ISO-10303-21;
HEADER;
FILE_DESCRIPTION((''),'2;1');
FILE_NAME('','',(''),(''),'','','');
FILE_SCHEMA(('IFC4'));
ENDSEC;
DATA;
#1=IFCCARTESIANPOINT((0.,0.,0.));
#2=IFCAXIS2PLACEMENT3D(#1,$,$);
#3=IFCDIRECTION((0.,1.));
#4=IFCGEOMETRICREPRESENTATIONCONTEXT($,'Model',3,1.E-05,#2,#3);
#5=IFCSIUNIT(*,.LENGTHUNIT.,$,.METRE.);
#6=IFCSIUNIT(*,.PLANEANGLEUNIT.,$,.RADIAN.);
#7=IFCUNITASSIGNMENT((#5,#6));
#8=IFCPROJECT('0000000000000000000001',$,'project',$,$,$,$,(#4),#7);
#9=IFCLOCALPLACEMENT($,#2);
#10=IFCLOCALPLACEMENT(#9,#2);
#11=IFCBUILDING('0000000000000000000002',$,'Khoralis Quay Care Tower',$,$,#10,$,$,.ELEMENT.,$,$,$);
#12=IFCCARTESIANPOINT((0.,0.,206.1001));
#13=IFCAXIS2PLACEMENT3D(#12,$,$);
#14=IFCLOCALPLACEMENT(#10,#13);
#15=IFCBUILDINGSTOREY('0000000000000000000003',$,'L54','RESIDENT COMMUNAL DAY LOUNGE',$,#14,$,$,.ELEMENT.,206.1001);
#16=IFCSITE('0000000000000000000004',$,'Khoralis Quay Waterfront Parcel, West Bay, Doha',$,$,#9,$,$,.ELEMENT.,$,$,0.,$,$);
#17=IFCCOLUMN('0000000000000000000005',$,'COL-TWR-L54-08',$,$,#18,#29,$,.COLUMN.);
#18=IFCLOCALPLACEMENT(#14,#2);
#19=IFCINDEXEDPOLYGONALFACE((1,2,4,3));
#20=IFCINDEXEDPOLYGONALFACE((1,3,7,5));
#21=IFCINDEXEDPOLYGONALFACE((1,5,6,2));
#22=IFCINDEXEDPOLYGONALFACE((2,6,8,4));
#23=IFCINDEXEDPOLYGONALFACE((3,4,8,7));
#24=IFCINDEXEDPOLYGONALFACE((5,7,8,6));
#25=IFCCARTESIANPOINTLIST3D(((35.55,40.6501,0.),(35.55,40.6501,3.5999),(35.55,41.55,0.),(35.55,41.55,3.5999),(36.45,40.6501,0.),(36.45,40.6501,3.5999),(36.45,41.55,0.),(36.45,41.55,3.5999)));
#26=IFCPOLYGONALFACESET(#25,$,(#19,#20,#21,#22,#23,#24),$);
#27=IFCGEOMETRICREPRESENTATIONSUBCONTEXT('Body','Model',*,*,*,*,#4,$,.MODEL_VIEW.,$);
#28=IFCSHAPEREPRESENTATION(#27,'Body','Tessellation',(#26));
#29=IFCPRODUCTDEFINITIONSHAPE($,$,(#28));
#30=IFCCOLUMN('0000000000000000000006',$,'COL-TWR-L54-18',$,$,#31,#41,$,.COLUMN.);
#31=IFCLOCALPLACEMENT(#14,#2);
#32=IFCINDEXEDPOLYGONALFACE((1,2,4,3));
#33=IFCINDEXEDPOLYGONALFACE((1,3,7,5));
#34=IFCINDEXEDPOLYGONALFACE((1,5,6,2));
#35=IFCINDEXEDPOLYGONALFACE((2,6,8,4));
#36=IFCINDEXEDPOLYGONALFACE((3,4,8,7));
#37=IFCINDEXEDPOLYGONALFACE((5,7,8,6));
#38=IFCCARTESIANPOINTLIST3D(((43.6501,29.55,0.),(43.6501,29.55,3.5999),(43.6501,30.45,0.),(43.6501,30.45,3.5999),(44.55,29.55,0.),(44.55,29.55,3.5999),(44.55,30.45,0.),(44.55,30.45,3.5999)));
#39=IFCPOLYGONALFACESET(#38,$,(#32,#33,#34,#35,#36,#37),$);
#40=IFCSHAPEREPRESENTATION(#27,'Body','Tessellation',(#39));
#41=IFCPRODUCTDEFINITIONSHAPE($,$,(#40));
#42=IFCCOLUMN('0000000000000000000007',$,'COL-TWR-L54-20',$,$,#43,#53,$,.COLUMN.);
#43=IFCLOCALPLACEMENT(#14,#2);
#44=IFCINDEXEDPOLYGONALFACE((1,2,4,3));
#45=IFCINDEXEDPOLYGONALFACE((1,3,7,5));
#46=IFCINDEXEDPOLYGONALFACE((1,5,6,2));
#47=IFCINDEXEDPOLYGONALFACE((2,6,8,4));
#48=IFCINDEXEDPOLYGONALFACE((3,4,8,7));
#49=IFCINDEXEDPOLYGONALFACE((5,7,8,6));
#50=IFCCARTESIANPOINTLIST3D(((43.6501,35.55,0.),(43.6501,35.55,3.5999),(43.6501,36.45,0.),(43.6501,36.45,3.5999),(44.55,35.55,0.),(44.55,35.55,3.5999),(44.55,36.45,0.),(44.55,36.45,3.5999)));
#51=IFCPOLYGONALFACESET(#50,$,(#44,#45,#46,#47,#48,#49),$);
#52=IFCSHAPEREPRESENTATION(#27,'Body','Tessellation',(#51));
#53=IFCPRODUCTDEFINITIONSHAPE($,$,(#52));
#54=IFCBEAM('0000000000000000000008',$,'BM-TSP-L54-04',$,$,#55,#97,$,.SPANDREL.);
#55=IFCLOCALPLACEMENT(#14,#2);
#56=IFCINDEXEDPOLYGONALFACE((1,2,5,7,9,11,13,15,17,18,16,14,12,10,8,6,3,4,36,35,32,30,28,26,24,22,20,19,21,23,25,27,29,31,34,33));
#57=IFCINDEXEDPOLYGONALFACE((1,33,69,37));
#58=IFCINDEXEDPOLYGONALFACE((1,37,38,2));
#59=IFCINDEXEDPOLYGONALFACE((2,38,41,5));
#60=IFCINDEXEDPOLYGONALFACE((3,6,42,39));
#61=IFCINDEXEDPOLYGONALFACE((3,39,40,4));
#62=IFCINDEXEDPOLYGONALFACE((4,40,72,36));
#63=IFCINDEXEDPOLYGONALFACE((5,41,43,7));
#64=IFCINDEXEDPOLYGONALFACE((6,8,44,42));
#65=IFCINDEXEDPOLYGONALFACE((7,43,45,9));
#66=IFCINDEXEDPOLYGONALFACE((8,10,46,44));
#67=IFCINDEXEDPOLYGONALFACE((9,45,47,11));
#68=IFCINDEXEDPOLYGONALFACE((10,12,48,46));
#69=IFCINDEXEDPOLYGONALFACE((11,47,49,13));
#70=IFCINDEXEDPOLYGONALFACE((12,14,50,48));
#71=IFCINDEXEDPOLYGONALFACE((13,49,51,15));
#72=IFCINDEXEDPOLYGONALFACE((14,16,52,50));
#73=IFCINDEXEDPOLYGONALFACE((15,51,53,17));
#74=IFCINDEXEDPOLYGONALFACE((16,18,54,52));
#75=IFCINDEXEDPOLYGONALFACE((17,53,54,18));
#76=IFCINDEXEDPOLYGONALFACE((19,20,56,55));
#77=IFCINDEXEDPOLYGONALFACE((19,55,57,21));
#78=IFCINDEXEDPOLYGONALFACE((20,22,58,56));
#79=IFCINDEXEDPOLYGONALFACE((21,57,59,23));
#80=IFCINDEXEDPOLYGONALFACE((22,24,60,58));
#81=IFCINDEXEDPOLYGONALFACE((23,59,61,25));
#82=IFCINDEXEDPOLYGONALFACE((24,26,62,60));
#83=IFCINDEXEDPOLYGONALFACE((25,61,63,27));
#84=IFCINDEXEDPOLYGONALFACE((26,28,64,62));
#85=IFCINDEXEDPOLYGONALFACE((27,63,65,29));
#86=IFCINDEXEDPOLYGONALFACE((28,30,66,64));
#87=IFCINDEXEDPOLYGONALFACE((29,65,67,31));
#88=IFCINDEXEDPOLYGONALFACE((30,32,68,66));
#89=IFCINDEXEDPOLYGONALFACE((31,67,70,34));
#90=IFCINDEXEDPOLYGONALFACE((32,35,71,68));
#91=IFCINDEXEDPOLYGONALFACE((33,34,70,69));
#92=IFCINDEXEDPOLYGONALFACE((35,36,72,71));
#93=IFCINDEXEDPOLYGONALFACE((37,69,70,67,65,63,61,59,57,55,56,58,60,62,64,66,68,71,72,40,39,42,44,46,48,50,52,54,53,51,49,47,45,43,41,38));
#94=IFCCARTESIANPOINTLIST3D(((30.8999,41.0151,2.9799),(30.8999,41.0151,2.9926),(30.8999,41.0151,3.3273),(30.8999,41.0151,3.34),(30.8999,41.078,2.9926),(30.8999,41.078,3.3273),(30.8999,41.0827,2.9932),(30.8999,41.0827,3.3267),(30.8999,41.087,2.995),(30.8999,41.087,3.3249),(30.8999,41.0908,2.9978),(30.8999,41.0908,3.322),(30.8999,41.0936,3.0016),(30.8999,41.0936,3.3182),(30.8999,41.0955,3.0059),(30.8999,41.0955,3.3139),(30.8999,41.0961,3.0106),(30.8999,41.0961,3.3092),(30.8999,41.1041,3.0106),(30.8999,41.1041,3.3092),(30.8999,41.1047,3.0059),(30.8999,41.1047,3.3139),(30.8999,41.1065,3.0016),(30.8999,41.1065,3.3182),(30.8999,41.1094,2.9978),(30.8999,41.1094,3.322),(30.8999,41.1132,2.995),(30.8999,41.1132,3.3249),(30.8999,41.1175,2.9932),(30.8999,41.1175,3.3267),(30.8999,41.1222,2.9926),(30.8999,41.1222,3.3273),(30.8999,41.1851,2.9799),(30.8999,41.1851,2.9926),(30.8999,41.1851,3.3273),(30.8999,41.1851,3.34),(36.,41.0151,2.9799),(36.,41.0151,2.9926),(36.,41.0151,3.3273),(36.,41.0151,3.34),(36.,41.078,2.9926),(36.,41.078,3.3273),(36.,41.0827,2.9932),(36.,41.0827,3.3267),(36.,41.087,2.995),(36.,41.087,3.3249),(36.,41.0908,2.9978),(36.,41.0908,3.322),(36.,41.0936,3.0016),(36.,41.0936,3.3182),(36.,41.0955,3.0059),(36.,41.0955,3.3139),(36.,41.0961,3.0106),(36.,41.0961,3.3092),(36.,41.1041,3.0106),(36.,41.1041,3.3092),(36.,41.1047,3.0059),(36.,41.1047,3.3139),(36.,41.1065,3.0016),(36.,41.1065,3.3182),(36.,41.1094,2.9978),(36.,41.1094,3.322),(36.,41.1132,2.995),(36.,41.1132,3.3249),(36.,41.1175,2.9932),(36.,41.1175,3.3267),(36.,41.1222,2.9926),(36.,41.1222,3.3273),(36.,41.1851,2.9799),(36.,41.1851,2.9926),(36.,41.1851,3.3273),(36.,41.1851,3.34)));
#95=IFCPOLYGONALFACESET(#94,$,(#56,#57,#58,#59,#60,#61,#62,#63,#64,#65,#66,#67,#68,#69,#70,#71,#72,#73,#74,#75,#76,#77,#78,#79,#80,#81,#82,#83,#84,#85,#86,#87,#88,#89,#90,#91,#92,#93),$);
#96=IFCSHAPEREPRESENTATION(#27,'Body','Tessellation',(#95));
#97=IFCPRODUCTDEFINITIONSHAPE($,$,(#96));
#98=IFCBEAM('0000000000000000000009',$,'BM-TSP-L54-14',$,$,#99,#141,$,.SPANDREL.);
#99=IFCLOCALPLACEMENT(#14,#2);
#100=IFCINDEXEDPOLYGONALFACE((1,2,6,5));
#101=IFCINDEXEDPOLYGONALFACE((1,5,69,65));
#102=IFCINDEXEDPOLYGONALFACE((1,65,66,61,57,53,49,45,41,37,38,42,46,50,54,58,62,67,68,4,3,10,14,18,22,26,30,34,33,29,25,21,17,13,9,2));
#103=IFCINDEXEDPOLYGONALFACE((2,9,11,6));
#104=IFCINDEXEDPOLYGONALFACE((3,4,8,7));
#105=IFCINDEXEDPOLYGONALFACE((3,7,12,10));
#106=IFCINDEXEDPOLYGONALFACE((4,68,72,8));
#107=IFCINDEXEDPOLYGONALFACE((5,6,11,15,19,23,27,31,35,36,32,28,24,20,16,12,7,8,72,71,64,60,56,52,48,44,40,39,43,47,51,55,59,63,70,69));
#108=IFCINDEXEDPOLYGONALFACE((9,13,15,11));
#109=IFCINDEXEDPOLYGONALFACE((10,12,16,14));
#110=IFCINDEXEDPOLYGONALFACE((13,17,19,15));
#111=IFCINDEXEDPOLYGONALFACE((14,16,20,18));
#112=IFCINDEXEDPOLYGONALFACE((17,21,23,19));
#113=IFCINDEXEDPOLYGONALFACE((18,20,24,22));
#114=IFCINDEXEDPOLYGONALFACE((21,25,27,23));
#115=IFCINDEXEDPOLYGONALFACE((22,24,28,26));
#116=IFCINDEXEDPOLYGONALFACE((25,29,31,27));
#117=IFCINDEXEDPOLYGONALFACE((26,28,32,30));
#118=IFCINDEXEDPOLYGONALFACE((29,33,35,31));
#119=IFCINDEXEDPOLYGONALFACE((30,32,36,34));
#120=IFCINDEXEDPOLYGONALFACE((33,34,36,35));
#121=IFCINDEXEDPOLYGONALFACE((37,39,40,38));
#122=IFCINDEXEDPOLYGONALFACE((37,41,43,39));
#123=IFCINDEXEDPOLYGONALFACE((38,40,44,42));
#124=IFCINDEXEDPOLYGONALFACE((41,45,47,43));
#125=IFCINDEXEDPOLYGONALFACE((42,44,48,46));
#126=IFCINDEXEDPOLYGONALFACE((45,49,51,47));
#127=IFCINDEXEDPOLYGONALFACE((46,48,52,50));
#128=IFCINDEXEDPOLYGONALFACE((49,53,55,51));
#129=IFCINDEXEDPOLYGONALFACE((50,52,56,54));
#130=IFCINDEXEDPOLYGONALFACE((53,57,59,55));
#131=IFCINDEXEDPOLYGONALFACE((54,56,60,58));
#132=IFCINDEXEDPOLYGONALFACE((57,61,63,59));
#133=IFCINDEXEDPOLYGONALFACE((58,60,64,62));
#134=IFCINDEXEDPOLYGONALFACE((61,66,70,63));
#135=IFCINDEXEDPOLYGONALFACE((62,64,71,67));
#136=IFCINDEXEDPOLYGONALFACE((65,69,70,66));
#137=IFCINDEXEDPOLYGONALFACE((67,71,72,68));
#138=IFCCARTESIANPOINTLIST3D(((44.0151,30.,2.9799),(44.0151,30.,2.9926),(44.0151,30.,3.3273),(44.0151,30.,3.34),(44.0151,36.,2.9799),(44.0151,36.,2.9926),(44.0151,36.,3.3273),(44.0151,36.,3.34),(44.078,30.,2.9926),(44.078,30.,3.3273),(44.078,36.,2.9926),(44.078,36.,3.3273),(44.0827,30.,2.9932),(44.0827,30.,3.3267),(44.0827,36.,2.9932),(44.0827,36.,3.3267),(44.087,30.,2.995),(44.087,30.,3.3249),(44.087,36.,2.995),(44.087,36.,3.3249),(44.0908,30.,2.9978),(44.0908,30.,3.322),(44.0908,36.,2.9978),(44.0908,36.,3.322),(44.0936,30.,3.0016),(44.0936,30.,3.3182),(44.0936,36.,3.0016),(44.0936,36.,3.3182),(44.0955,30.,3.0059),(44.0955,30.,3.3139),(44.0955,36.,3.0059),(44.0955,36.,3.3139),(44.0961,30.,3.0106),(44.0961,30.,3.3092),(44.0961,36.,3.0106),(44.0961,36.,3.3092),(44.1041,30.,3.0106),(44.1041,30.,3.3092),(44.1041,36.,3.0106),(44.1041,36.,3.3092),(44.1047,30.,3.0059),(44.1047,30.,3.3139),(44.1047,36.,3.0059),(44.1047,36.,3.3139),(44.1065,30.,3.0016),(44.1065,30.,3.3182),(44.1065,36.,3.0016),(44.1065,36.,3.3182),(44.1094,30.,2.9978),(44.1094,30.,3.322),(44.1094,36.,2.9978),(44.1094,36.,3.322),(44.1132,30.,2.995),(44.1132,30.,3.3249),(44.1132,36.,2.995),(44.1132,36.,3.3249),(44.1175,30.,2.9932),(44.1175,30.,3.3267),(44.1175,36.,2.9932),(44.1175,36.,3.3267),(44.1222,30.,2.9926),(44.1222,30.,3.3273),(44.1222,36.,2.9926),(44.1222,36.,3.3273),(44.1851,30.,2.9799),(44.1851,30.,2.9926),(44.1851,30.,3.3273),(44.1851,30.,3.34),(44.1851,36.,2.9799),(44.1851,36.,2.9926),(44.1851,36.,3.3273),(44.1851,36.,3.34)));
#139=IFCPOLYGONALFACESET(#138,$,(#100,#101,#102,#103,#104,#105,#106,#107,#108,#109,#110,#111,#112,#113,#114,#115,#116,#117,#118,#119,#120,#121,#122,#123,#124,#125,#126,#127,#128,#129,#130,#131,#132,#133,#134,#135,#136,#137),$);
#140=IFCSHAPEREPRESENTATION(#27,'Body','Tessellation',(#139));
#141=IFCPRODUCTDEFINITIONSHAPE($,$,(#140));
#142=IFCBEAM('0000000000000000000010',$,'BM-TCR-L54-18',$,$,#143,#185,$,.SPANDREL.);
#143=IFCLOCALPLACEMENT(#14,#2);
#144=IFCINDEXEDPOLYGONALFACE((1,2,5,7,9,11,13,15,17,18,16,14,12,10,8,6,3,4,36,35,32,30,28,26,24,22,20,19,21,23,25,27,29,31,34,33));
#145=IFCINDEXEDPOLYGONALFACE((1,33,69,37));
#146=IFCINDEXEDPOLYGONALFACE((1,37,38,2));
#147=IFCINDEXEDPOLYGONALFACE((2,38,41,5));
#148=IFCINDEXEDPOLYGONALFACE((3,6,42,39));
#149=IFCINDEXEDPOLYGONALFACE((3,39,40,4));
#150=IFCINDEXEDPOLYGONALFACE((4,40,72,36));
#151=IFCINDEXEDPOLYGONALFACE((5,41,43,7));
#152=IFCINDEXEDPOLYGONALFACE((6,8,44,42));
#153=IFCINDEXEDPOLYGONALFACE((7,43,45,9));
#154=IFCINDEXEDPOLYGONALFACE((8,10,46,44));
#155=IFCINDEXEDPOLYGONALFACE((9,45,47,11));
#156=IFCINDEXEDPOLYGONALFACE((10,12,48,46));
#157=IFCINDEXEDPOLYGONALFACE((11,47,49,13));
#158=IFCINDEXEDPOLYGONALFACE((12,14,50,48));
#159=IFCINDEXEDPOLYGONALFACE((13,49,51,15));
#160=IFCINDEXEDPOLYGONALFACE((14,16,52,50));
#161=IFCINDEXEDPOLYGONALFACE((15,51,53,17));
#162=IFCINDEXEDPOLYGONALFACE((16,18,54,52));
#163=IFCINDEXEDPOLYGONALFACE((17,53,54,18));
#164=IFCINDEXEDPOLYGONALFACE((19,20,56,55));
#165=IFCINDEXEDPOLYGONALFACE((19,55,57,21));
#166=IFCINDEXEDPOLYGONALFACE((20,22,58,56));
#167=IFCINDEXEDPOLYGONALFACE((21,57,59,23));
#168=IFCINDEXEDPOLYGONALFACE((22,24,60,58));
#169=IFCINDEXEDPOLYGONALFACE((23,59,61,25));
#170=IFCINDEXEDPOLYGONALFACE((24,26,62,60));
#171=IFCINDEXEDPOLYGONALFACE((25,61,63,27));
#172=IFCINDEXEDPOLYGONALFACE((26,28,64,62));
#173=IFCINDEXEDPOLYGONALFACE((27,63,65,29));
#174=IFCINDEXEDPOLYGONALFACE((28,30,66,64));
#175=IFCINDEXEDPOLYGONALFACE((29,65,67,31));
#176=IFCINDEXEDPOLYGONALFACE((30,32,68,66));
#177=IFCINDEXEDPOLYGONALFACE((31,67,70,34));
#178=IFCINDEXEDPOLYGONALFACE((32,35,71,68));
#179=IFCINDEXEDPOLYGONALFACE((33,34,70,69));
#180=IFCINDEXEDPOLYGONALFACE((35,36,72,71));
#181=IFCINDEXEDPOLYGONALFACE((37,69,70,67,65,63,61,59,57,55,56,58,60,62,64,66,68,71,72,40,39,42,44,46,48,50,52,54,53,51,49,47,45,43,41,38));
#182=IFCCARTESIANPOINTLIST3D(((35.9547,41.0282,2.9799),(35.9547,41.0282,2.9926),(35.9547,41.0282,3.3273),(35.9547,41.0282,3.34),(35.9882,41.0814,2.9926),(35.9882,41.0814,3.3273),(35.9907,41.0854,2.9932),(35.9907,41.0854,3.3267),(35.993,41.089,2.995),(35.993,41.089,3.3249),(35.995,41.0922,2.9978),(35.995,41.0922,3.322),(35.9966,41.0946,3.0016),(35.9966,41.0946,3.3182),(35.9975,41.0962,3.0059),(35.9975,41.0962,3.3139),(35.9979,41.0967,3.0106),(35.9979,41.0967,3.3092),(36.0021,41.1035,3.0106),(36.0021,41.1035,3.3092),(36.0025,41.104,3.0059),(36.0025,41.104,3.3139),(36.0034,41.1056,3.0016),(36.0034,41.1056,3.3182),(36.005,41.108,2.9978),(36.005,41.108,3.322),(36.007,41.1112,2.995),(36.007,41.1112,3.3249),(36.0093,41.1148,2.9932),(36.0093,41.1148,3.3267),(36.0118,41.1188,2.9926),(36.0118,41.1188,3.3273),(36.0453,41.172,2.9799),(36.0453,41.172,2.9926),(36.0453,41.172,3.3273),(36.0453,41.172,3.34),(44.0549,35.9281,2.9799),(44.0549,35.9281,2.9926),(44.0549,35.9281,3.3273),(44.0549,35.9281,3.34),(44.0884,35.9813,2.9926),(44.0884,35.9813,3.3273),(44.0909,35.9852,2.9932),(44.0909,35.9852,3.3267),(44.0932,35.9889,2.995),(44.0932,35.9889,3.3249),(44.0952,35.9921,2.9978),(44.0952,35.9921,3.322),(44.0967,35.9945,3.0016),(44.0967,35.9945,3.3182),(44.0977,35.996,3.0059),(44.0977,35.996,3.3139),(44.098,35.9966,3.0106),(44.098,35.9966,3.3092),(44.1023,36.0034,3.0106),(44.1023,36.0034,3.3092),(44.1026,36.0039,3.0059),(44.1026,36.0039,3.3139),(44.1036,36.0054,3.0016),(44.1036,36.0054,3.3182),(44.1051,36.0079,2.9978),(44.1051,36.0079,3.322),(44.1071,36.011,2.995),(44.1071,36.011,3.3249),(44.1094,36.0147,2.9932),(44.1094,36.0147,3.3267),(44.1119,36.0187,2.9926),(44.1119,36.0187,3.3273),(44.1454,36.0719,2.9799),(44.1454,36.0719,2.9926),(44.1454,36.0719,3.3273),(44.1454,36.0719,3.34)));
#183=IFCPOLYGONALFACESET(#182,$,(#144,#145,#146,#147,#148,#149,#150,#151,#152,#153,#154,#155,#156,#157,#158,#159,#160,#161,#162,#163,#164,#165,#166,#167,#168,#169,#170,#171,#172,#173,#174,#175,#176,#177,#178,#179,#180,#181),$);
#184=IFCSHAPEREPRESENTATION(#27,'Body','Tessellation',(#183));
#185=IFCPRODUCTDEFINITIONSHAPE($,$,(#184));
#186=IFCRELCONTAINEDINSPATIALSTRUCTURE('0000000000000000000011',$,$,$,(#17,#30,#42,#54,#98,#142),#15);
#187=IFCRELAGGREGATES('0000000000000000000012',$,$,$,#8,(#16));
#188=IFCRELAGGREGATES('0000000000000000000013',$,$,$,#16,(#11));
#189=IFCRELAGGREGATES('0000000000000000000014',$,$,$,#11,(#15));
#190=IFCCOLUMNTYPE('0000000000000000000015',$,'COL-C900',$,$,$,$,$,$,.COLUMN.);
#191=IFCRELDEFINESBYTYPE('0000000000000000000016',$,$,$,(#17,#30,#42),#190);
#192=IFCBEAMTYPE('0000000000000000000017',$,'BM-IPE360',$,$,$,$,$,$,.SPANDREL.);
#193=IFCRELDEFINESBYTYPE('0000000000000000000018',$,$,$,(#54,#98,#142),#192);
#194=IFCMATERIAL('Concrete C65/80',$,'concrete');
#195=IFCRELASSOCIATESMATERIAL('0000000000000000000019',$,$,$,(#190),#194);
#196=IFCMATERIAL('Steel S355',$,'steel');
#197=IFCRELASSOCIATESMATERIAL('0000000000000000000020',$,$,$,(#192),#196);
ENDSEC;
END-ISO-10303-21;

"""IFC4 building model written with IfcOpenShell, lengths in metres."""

from ifc_helpers import new_model, si_unit, direction, frame, origin, origin_2d, place, context, subcontext, project, spatial, rectangle, i_section, extrude, source, transform, mapped, material, material_profile, profile_set, type_object, element, save


model = new_model("IFC4")

# Units and contexts
model_context = context("Model", 3, precision=1e-05, world=origin(), true_north=direction((0.0, 1.0)))
body_context = subcontext(model_context, "Body", "Model", "MODEL_VIEW")
ifc_project = project(units=[si_unit("LENGTHUNIT", "METRE"), si_unit("PLANEANGLEUNIT", "RADIAN")], contexts=[model_context])

# Site, building, storey
site_placement = place(None, origin())
site = spatial("IfcSite", under=ifc_project, at=site_placement, Name="Khoralis Quay Waterfront Parcel, West Bay, Doha", CompositionType="ELEMENT", RefElevation=0.0)
building_placement = place(site_placement, origin())
building = spatial("IfcBuilding", under=site, at=building_placement, Name="Khoralis Quay Care Tower", CompositionType="ELEMENT")
storey_placement = place(building_placement, frame((0.0, 0.0, 206.1001)))
storey = spatial("IfcBuildingStorey", under=building, at=storey_placement, Name="L54", Description="RESIDENT COMMUNAL DAY LOUNGE", CompositionType="ELEMENT", Elevation=206.1001)

# Columns
ifc_material_1 = material(Name="Concrete C65/80", Category="concrete")
ifc_material_profile_1 = material_profile(ifc_material_1, rectangle(XDim=0.8999, YDim=0.8999, at=origin_2d()), Name="Concrete C65/80")
ifc_profile_set_1 = profile_set([ifc_material_profile_1], Name="Concrete C65/80")
column_type = type_object("IfcColumnType", Name="COL-C900", PredefinedType="COLUMN", material=ifc_profile_set_1)
shared_shape_1 = source(origin(), body_context, "Body", "SweptSolid", [
    extrude(rectangle(XDim=0.8999, YDim=0.8999, at=origin_2d()), origin(), (0.0, 0.0, 1.0), 3.5999),
])
for number, where, z_axis, x_axis, name in (
    (1, (36.0, 41.1001, 0.0), (0.0, 0.0, 1.0), (1.0, 0.0, 0.0), "COL-TWR-L54-08"),
    (2, (44.1001, 30.0, 0.0), (0.0, 0.0, 1.0), (1.0, 0.0, 0.0), "COL-TWR-L54-18"),
    (3, (44.1001, 36.0, 0.0), (0.0, 0.0, 1.0), (1.0, 0.0, 0.0), "COL-TWR-L54-20"),
):
    element("IfcColumn", number, at=place(storey_placement, frame(where, z_axis=z_axis, x_axis=x_axis)), inside=storey, type_object=column_type, Name=name, PredefinedType="COLUMN", context=body_context, shape_type="MappedRepresentation", body=[
        mapped(shared_shape_1, transform((0.0, 0.0, 0.0), scale=1.0)),
    ])

# Beams
ifc_material_2 = material(Name="Steel S355", Category="steel")
ifc_material_profile_2 = material_profile(ifc_material_2, i_section(OverallWidth=0.1699, OverallDepth=0.3601, WebThickness=0.0081, FlangeThickness=0.0127, FilletRadius=0.0181, at=origin_2d()), Name="Steel S355")
ifc_profile_set_2 = profile_set([ifc_material_profile_2], Name="Steel S355")
beam_type_1 = type_object("IfcBeamType", Name="BM-IPE360", PredefinedType="SPANDREL", material=ifc_profile_set_2)
shared_shape_2 = source(origin(), body_context, "Body", "SweptSolid", [
    extrude(i_section(OverallWidth=0.1699, OverallDepth=0.3601, WebThickness=0.0081, FlangeThickness=0.0127, FilletRadius=0.0181, at=origin_2d()), origin(), (0.0, 0.0, 1.0), 5.1001),
])
beam_1_placement = place(storey_placement, frame((30.8999, 41.1001, 3.1599), z_axis=(1.0, 0.0, 0.0), x_axis=(0.0, 1.0, 0.0)))
element("IfcBeam", 4, at=beam_1_placement, inside=storey, type_object=beam_type_1, Name="BM-TSP-L54-04", PredefinedType="SPANDREL", context=body_context, shape_type="MappedRepresentation", body=[
    mapped(shared_shape_2, transform((0.0, 0.0, 0.0), scale=1.0)),
])
shared_shape_3 = source(origin(), body_context, "Body", "SweptSolid", [
    extrude(i_section(OverallWidth=0.1699, OverallDepth=0.3601, WebThickness=0.0081, FlangeThickness=0.0127, FilletRadius=0.0181, at=origin_2d()), origin(), (0.0, 0.0, 1.0), 6.0),
])
beam_2_placement = place(storey_placement, frame((44.1001, 30.0, 3.1599), z_axis=(0.0, 1.0, 0.0), x_axis=(-1.0, 0.0, 0.0)))
element("IfcBeam", 5, at=beam_2_placement, inside=storey, type_object=beam_type_1, Name="BM-TSP-L54-14", PredefinedType="SPANDREL", context=body_context, shape_type="MappedRepresentation", body=[
    mapped(shared_shape_3, transform((0.0, 0.0, 0.0), scale=1.0)),
])
shared_shape_4 = source(origin(), body_context, "Body", "SweptSolid", [
    extrude(i_section(OverallWidth=0.1699, OverallDepth=0.3601, WebThickness=0.0081, FlangeThickness=0.0127, FilletRadius=0.0181, at=origin_2d()), origin(), (0.0, 0.0, 1.0), 9.572),
])
beam_3_placement = place(storey_placement, frame((36.0, 41.1001, 3.1599), z_axis=(0.846231, -0.532816, 0.0), x_axis=(0.532816, 0.846231, 0.0)))
element("IfcBeam", 6, at=beam_3_placement, inside=storey, type_object=beam_type_1, Name="BM-TCR-L54-18", PredefinedType="SPANDREL", context=body_context, shape_type="MappedRepresentation", body=[
    mapped(shared_shape_4, transform((0.0, 0.0, 0.0), scale=1.0)),
])

save(model, "model.ifc")
